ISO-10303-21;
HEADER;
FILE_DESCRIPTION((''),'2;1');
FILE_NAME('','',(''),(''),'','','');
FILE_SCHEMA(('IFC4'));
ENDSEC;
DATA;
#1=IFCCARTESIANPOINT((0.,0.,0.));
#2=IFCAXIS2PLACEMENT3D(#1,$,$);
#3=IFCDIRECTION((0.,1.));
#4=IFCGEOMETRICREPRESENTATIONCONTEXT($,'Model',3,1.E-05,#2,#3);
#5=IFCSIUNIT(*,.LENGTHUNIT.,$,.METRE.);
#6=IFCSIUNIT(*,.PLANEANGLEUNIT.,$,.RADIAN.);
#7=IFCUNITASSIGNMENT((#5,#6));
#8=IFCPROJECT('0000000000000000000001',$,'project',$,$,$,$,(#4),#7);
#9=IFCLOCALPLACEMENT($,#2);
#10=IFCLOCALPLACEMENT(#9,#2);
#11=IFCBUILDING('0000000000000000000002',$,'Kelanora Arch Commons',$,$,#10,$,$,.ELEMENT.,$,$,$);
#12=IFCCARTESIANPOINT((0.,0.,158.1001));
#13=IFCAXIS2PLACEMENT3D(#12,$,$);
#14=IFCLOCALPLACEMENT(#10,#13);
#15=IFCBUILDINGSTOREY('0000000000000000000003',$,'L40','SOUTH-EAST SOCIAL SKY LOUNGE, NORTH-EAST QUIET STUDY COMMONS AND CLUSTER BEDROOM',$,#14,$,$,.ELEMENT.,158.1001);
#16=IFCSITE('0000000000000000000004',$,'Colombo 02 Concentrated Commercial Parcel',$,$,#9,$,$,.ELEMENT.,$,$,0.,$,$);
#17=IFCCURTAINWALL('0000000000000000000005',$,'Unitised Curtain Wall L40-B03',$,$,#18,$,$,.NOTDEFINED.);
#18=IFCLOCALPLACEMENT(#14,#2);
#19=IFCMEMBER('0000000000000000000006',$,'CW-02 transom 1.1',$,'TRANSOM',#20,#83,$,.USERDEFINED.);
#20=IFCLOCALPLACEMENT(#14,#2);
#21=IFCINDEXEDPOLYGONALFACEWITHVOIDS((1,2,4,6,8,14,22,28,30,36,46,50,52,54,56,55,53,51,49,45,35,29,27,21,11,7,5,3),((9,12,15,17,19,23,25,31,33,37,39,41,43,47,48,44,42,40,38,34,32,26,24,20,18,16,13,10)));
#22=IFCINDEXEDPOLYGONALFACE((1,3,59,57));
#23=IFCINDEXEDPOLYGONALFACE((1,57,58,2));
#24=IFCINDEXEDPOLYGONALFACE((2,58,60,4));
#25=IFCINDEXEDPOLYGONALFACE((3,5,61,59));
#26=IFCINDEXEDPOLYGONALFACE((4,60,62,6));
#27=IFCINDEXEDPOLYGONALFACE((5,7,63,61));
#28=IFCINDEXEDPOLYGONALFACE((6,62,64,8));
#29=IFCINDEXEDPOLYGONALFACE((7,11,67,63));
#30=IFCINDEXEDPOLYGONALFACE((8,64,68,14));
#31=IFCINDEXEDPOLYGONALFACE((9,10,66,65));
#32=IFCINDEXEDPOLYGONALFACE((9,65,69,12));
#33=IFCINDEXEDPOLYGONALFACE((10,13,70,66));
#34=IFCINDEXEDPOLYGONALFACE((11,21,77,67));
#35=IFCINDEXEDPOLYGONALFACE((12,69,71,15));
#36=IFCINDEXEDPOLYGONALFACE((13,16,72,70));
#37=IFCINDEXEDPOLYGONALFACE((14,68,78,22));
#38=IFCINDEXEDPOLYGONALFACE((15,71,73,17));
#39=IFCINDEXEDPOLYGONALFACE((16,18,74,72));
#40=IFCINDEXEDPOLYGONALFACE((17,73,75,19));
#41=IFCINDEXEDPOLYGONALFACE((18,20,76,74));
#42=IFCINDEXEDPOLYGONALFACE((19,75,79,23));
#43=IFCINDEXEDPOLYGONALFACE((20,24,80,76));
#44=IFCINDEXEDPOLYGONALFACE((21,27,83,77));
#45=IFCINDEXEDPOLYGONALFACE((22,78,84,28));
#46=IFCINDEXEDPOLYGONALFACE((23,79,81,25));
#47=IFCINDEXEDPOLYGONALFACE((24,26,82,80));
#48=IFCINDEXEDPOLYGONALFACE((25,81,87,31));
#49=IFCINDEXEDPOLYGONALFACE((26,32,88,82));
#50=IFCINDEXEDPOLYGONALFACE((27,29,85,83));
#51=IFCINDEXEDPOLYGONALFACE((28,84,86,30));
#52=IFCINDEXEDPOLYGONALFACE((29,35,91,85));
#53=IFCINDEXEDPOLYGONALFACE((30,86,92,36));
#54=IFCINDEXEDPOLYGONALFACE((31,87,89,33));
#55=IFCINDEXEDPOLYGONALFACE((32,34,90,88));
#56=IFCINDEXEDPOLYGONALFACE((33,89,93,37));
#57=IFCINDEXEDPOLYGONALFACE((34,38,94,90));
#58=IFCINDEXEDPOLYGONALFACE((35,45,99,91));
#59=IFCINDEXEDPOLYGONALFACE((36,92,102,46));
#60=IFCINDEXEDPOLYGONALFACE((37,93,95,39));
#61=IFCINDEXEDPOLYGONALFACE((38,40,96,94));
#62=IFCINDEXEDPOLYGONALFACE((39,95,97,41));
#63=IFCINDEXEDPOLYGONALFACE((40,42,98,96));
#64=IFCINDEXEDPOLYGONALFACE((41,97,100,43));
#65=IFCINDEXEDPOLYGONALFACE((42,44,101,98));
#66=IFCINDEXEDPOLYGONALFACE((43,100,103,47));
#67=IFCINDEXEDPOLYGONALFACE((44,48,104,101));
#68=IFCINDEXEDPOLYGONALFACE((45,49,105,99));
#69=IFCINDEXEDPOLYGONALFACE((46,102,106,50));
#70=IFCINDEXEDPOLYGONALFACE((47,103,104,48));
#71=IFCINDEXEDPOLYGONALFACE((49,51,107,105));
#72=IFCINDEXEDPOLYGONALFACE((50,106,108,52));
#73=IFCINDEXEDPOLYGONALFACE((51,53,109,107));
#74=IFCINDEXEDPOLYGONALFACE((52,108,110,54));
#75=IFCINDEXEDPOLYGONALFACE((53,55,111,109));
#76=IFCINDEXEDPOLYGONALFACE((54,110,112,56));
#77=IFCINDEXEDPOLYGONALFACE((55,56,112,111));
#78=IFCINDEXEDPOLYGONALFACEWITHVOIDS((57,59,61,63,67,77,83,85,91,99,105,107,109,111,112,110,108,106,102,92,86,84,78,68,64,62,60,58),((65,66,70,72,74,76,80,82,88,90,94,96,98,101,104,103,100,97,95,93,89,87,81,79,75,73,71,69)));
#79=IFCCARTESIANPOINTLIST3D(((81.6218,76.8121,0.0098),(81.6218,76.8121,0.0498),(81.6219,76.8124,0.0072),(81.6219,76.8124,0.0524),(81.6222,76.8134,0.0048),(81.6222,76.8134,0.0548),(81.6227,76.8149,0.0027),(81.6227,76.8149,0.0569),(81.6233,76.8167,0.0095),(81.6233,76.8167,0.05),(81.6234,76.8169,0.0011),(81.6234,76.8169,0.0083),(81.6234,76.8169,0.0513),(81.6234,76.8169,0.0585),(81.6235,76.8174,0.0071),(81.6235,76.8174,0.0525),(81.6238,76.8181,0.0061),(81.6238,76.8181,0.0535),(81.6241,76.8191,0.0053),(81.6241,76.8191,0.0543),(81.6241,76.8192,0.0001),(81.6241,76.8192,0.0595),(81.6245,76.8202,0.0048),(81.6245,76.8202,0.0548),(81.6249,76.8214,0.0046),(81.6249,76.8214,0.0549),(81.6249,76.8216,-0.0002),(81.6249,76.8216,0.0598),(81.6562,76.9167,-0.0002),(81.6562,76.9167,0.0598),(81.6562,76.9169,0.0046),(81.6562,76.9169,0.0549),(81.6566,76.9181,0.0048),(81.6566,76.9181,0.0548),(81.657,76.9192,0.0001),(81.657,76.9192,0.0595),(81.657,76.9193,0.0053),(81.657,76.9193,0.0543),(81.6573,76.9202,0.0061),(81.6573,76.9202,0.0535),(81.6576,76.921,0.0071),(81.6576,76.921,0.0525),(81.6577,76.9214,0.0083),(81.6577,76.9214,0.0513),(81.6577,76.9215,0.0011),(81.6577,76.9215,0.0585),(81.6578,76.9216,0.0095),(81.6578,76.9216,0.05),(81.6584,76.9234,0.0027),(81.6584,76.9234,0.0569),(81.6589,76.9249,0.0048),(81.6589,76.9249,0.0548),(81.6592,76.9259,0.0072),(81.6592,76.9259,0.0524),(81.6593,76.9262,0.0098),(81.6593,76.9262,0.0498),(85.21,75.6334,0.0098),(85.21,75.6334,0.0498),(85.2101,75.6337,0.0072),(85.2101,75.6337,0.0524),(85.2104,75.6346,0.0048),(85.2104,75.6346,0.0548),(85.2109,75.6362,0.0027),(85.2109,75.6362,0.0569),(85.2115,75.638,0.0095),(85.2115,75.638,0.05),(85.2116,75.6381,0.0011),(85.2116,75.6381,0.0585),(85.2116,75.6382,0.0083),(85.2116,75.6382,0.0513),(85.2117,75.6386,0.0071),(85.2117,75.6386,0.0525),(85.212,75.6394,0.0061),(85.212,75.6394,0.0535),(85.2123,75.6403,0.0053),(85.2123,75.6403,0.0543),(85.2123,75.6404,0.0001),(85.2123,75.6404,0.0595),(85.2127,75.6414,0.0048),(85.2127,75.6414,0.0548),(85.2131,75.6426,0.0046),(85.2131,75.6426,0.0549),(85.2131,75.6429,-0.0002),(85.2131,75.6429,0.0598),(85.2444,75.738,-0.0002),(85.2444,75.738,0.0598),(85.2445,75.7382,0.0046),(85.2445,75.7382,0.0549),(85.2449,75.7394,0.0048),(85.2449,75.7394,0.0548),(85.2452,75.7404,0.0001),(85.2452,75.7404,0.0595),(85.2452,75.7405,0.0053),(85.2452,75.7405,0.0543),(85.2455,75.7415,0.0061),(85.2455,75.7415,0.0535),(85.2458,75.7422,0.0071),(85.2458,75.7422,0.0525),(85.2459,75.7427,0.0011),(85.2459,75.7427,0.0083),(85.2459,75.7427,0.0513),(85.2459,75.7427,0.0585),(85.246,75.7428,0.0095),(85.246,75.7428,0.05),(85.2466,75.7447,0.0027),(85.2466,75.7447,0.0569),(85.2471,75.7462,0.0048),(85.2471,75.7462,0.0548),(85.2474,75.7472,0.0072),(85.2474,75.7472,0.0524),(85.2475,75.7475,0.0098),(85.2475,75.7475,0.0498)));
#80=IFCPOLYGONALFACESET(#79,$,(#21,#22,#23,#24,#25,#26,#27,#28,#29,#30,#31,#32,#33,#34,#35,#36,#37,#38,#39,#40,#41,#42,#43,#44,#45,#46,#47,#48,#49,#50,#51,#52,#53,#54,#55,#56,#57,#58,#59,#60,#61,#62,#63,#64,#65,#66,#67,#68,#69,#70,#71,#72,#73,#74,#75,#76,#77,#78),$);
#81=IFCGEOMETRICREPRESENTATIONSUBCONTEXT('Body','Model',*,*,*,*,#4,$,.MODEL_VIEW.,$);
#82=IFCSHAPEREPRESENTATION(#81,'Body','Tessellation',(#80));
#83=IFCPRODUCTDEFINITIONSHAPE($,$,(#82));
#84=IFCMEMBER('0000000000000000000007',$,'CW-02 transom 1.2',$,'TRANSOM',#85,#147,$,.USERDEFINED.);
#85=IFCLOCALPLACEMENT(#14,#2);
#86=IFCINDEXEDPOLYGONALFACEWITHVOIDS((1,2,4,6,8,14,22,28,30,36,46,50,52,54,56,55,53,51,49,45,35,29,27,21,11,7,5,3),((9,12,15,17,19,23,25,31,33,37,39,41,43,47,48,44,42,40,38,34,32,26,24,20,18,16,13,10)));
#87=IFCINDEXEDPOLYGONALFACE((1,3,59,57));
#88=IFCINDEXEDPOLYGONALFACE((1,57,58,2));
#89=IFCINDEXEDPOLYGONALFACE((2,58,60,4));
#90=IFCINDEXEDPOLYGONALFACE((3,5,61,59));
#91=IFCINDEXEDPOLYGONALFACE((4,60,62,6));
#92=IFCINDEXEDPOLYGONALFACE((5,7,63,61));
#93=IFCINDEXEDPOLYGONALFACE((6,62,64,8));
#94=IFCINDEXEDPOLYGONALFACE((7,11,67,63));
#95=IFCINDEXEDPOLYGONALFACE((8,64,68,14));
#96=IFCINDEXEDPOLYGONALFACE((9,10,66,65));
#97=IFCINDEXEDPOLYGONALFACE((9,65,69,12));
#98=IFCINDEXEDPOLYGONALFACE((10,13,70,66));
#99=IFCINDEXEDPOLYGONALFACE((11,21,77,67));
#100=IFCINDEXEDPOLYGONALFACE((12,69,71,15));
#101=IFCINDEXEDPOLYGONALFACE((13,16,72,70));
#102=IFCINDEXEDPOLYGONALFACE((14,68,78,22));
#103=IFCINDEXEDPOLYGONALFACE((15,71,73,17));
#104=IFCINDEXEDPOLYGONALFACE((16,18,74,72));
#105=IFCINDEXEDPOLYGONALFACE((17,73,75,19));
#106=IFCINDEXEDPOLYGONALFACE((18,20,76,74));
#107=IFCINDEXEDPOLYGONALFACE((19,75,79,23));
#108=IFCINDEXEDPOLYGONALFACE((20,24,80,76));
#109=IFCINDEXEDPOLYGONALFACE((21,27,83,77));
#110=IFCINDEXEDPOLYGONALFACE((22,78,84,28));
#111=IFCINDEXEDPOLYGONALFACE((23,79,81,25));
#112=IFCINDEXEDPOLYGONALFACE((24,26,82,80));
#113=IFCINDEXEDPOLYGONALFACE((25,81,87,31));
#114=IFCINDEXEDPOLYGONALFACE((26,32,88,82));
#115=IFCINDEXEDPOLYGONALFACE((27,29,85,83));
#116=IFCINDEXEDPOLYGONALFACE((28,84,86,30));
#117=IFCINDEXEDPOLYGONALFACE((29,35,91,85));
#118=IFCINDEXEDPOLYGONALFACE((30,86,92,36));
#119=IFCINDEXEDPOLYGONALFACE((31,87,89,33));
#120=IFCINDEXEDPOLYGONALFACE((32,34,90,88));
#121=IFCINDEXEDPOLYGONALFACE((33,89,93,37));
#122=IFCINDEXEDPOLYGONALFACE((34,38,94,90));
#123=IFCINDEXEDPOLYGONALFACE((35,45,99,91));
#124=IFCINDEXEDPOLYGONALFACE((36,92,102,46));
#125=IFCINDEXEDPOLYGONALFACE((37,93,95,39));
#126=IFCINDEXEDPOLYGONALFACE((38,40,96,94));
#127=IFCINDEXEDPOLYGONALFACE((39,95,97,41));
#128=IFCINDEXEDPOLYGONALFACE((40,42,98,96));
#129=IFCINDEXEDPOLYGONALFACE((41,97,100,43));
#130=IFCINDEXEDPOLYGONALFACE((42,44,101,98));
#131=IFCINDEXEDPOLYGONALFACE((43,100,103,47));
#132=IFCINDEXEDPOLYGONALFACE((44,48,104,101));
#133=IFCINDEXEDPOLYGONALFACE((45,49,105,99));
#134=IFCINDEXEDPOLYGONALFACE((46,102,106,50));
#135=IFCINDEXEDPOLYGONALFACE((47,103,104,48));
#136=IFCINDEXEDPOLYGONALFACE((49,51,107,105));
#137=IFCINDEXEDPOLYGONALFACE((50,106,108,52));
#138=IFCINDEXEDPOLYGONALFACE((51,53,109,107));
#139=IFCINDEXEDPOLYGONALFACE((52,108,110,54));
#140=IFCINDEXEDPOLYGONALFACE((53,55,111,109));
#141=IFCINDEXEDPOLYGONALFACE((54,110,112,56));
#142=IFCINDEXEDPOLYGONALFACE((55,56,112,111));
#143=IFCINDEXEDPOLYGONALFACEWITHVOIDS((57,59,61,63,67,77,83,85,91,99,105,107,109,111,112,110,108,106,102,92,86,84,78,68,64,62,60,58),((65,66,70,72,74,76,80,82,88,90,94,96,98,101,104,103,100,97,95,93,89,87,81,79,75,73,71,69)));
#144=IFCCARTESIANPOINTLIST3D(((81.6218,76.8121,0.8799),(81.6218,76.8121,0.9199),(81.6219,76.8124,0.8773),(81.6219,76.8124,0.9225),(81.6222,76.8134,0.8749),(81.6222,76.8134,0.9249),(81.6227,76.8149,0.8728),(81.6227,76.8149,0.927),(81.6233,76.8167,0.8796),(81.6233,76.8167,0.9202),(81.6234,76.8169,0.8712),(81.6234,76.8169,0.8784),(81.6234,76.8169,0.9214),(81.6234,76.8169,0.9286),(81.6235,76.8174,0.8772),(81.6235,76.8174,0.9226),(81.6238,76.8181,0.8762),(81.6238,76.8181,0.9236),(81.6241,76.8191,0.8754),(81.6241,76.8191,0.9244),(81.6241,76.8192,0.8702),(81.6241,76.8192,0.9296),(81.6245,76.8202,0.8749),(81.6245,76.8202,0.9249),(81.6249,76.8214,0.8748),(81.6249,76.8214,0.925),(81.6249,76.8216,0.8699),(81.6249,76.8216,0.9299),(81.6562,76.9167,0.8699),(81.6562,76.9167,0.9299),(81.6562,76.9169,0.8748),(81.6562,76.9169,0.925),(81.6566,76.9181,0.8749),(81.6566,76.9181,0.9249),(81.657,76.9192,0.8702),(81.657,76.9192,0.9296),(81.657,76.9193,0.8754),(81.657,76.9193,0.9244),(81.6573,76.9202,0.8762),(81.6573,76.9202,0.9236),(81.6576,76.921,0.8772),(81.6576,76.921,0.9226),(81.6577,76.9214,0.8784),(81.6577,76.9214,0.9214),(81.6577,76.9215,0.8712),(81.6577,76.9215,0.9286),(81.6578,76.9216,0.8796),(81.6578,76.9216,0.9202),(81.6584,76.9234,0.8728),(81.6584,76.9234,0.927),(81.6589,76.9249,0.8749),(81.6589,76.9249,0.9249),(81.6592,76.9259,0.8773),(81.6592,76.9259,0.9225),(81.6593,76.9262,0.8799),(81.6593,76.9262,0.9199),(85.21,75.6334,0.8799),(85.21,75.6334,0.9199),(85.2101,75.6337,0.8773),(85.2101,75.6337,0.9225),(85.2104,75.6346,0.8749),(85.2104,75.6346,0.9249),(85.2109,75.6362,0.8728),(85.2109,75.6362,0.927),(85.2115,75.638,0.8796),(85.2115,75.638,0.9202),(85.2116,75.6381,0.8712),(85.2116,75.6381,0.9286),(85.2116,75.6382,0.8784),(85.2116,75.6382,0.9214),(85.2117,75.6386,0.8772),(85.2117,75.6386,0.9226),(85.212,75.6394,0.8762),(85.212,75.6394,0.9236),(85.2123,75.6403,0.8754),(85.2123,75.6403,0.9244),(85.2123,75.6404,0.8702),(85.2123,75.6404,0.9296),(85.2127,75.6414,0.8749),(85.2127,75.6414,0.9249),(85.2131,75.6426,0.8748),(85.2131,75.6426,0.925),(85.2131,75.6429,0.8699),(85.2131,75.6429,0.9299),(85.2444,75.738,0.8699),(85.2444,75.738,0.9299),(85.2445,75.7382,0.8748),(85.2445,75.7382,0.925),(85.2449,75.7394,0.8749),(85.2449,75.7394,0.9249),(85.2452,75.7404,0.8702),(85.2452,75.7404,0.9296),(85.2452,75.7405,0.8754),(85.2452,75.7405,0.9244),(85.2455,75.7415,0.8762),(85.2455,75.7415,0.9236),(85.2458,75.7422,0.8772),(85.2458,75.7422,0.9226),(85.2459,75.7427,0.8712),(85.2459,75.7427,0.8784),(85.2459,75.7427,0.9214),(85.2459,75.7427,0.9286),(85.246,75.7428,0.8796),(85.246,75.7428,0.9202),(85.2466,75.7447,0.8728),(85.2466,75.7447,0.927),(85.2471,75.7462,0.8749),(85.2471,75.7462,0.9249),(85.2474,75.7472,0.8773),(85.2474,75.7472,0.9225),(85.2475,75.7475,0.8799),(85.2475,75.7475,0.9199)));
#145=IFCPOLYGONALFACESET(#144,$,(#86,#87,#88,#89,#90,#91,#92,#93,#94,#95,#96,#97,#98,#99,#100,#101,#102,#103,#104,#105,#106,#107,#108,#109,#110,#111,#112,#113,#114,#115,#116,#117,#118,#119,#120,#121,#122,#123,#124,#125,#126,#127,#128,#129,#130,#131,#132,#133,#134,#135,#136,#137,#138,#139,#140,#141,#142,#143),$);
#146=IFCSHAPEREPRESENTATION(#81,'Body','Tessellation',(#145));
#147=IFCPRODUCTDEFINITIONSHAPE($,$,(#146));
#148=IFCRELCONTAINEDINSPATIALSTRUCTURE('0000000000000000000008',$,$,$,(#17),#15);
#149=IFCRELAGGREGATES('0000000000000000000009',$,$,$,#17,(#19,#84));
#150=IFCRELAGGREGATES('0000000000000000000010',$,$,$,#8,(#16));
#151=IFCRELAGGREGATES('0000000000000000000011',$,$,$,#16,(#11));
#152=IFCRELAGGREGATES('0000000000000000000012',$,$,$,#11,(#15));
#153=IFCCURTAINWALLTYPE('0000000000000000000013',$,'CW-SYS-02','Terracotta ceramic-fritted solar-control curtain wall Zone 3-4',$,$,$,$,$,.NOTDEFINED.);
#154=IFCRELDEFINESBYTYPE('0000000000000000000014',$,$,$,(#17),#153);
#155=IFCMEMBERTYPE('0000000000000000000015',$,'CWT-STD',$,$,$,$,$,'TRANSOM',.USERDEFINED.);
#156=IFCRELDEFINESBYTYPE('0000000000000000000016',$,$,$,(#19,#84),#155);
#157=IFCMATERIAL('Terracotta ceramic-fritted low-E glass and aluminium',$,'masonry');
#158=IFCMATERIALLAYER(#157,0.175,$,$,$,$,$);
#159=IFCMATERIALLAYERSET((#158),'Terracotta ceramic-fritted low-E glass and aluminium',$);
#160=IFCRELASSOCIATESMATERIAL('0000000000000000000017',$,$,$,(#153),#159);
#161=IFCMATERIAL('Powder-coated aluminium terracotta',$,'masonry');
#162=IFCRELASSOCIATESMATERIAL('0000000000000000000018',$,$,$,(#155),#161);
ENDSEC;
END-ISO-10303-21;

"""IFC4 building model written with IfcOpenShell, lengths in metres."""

from ifc_helpers import new_model, si_unit, direction, frame, origin, origin_2d, place, context, subcontext, project, spatial, hollow_rectangle, extrude, material, layer, layer_set, material_profile, profile_set, type_object, element, aggregate, save


model = new_model("IFC4")

# Units and contexts
model_context = context("Model", 3, precision=1e-05, world=origin(), true_north=direction((0.0, 1.0)))
body_context = subcontext(model_context, "Body", "Model", "MODEL_VIEW")
ifc_project = project(units=[si_unit("LENGTHUNIT", "METRE"), si_unit("PLANEANGLEUNIT", "RADIAN")], contexts=[model_context])

# Site, building, storey
site_placement = place(None, origin())
site = spatial("IfcSite", under=ifc_project, at=site_placement, Name="Colombo 02 Concentrated Commercial Parcel", CompositionType="ELEMENT", RefElevation=0.0)
building_placement = place(site_placement, origin())
building = spatial("IfcBuilding", under=site, at=building_placement, Name="Kelanora Arch Commons", CompositionType="ELEMENT")
storey_placement = place(building_placement, frame((0.0, 0.0, 158.1001)))
storey = spatial("IfcBuildingStorey", under=building, at=storey_placement, Name="L40", Description="SOUTH-EAST SOCIAL SKY LOUNGE, NORTH-EAST QUIET STUDY COMMONS AND CLUSTER BEDROOM", CompositionType="ELEMENT", Elevation=158.1001)

# Shared definitions
ifc_material_1 = material(Name="Terracotta ceramic-fritted low-E glass and aluminium", Category="masonry")
ifc_layer_1 = layer(ifc_material_1, 0.175)
ifc_layer_set_1 = layer_set([ifc_layer_1], Name="Terracotta ceramic-fritted low-E glass and aluminium")
curtain_wall_type = type_object("IfcCurtainWallType", Name="CW-SYS-02", Description="Terracotta ceramic-fritted solar-control curtain wall Zone 3-4", PredefinedType="NOTDEFINED", material=ifc_layer_set_1)
ifc_material_2 = material(Name="Powder-coated aluminium terracotta", Category="masonry")

# Curtain wall, members
curtain_wall_1_placement = place(storey_placement, origin())
curtain_wall_1 = element("IfcCurtainWall", 1, at=curtain_wall_1_placement, inside=storey, type_object=curtain_wall_type, Name="Unitised Curtain Wall L40-B03", PredefinedType="NOTDEFINED")
ifc_material_profile_1 = material_profile(ifc_material_2, hollow_rectangle(XDim=0.1201, YDim=0.0601, WallThickness=0.0049, InnerFilletRadius=0.0049, OuterFilletRadius=0.01, at=origin_2d()), Name="CWT120x60")
ifc_profile_set_1 = profile_set([ifc_material_profile_1], Name="Powder-coated aluminium terracotta")
member_type_1 = type_object("IfcMemberType", Name="CWT-STD", ElementType="TRANSOM", PredefinedType="USERDEFINED", material=ifc_profile_set_1)
member_1_placement = place(storey_placement, frame((85.2288, 75.6904, 0.0298), z_axis=(-0.950051, 0.312094, 0.0), x_axis=(-0.312094, -0.950051, 0.0)))
member_1 = element("IfcMember", 2, at=member_1_placement, type_object=member_type_1, Name="CW-02 transom 1.1", ObjectType="TRANSOM", PredefinedType="USERDEFINED", context=body_context, shape_type="SweptSolid", body=[
    extrude(hollow_rectangle(XDim=0.1201, YDim=0.0601, WallThickness=0.0049, InnerFilletRadius=0.0049, OuterFilletRadius=0.01, at=origin_2d()), origin(), (0.0, 0.0, 1.0), 3.7769),
])
member_2_placement = place(storey_placement, frame((85.2288, 75.6904, 0.8999), z_axis=(-0.950051, 0.312094, 0.0), x_axis=(-0.312094, -0.950051, 0.0)))
member_2 = element("IfcMember", 3, at=member_2_placement, type_object=member_type_1, Name="CW-02 transom 1.2", ObjectType="TRANSOM", PredefinedType="USERDEFINED", context=body_context, shape_type="SweptSolid", body=[
    extrude(hollow_rectangle(XDim=0.1201, YDim=0.0601, WallThickness=0.0049, InnerFilletRadius=0.0049, OuterFilletRadius=0.01, at=origin_2d()), origin(), (0.0, 0.0, 1.0), 3.7769),
])
aggregate(curtain_wall_1, [member_1, member_2])

save(model, "model.ifc")
